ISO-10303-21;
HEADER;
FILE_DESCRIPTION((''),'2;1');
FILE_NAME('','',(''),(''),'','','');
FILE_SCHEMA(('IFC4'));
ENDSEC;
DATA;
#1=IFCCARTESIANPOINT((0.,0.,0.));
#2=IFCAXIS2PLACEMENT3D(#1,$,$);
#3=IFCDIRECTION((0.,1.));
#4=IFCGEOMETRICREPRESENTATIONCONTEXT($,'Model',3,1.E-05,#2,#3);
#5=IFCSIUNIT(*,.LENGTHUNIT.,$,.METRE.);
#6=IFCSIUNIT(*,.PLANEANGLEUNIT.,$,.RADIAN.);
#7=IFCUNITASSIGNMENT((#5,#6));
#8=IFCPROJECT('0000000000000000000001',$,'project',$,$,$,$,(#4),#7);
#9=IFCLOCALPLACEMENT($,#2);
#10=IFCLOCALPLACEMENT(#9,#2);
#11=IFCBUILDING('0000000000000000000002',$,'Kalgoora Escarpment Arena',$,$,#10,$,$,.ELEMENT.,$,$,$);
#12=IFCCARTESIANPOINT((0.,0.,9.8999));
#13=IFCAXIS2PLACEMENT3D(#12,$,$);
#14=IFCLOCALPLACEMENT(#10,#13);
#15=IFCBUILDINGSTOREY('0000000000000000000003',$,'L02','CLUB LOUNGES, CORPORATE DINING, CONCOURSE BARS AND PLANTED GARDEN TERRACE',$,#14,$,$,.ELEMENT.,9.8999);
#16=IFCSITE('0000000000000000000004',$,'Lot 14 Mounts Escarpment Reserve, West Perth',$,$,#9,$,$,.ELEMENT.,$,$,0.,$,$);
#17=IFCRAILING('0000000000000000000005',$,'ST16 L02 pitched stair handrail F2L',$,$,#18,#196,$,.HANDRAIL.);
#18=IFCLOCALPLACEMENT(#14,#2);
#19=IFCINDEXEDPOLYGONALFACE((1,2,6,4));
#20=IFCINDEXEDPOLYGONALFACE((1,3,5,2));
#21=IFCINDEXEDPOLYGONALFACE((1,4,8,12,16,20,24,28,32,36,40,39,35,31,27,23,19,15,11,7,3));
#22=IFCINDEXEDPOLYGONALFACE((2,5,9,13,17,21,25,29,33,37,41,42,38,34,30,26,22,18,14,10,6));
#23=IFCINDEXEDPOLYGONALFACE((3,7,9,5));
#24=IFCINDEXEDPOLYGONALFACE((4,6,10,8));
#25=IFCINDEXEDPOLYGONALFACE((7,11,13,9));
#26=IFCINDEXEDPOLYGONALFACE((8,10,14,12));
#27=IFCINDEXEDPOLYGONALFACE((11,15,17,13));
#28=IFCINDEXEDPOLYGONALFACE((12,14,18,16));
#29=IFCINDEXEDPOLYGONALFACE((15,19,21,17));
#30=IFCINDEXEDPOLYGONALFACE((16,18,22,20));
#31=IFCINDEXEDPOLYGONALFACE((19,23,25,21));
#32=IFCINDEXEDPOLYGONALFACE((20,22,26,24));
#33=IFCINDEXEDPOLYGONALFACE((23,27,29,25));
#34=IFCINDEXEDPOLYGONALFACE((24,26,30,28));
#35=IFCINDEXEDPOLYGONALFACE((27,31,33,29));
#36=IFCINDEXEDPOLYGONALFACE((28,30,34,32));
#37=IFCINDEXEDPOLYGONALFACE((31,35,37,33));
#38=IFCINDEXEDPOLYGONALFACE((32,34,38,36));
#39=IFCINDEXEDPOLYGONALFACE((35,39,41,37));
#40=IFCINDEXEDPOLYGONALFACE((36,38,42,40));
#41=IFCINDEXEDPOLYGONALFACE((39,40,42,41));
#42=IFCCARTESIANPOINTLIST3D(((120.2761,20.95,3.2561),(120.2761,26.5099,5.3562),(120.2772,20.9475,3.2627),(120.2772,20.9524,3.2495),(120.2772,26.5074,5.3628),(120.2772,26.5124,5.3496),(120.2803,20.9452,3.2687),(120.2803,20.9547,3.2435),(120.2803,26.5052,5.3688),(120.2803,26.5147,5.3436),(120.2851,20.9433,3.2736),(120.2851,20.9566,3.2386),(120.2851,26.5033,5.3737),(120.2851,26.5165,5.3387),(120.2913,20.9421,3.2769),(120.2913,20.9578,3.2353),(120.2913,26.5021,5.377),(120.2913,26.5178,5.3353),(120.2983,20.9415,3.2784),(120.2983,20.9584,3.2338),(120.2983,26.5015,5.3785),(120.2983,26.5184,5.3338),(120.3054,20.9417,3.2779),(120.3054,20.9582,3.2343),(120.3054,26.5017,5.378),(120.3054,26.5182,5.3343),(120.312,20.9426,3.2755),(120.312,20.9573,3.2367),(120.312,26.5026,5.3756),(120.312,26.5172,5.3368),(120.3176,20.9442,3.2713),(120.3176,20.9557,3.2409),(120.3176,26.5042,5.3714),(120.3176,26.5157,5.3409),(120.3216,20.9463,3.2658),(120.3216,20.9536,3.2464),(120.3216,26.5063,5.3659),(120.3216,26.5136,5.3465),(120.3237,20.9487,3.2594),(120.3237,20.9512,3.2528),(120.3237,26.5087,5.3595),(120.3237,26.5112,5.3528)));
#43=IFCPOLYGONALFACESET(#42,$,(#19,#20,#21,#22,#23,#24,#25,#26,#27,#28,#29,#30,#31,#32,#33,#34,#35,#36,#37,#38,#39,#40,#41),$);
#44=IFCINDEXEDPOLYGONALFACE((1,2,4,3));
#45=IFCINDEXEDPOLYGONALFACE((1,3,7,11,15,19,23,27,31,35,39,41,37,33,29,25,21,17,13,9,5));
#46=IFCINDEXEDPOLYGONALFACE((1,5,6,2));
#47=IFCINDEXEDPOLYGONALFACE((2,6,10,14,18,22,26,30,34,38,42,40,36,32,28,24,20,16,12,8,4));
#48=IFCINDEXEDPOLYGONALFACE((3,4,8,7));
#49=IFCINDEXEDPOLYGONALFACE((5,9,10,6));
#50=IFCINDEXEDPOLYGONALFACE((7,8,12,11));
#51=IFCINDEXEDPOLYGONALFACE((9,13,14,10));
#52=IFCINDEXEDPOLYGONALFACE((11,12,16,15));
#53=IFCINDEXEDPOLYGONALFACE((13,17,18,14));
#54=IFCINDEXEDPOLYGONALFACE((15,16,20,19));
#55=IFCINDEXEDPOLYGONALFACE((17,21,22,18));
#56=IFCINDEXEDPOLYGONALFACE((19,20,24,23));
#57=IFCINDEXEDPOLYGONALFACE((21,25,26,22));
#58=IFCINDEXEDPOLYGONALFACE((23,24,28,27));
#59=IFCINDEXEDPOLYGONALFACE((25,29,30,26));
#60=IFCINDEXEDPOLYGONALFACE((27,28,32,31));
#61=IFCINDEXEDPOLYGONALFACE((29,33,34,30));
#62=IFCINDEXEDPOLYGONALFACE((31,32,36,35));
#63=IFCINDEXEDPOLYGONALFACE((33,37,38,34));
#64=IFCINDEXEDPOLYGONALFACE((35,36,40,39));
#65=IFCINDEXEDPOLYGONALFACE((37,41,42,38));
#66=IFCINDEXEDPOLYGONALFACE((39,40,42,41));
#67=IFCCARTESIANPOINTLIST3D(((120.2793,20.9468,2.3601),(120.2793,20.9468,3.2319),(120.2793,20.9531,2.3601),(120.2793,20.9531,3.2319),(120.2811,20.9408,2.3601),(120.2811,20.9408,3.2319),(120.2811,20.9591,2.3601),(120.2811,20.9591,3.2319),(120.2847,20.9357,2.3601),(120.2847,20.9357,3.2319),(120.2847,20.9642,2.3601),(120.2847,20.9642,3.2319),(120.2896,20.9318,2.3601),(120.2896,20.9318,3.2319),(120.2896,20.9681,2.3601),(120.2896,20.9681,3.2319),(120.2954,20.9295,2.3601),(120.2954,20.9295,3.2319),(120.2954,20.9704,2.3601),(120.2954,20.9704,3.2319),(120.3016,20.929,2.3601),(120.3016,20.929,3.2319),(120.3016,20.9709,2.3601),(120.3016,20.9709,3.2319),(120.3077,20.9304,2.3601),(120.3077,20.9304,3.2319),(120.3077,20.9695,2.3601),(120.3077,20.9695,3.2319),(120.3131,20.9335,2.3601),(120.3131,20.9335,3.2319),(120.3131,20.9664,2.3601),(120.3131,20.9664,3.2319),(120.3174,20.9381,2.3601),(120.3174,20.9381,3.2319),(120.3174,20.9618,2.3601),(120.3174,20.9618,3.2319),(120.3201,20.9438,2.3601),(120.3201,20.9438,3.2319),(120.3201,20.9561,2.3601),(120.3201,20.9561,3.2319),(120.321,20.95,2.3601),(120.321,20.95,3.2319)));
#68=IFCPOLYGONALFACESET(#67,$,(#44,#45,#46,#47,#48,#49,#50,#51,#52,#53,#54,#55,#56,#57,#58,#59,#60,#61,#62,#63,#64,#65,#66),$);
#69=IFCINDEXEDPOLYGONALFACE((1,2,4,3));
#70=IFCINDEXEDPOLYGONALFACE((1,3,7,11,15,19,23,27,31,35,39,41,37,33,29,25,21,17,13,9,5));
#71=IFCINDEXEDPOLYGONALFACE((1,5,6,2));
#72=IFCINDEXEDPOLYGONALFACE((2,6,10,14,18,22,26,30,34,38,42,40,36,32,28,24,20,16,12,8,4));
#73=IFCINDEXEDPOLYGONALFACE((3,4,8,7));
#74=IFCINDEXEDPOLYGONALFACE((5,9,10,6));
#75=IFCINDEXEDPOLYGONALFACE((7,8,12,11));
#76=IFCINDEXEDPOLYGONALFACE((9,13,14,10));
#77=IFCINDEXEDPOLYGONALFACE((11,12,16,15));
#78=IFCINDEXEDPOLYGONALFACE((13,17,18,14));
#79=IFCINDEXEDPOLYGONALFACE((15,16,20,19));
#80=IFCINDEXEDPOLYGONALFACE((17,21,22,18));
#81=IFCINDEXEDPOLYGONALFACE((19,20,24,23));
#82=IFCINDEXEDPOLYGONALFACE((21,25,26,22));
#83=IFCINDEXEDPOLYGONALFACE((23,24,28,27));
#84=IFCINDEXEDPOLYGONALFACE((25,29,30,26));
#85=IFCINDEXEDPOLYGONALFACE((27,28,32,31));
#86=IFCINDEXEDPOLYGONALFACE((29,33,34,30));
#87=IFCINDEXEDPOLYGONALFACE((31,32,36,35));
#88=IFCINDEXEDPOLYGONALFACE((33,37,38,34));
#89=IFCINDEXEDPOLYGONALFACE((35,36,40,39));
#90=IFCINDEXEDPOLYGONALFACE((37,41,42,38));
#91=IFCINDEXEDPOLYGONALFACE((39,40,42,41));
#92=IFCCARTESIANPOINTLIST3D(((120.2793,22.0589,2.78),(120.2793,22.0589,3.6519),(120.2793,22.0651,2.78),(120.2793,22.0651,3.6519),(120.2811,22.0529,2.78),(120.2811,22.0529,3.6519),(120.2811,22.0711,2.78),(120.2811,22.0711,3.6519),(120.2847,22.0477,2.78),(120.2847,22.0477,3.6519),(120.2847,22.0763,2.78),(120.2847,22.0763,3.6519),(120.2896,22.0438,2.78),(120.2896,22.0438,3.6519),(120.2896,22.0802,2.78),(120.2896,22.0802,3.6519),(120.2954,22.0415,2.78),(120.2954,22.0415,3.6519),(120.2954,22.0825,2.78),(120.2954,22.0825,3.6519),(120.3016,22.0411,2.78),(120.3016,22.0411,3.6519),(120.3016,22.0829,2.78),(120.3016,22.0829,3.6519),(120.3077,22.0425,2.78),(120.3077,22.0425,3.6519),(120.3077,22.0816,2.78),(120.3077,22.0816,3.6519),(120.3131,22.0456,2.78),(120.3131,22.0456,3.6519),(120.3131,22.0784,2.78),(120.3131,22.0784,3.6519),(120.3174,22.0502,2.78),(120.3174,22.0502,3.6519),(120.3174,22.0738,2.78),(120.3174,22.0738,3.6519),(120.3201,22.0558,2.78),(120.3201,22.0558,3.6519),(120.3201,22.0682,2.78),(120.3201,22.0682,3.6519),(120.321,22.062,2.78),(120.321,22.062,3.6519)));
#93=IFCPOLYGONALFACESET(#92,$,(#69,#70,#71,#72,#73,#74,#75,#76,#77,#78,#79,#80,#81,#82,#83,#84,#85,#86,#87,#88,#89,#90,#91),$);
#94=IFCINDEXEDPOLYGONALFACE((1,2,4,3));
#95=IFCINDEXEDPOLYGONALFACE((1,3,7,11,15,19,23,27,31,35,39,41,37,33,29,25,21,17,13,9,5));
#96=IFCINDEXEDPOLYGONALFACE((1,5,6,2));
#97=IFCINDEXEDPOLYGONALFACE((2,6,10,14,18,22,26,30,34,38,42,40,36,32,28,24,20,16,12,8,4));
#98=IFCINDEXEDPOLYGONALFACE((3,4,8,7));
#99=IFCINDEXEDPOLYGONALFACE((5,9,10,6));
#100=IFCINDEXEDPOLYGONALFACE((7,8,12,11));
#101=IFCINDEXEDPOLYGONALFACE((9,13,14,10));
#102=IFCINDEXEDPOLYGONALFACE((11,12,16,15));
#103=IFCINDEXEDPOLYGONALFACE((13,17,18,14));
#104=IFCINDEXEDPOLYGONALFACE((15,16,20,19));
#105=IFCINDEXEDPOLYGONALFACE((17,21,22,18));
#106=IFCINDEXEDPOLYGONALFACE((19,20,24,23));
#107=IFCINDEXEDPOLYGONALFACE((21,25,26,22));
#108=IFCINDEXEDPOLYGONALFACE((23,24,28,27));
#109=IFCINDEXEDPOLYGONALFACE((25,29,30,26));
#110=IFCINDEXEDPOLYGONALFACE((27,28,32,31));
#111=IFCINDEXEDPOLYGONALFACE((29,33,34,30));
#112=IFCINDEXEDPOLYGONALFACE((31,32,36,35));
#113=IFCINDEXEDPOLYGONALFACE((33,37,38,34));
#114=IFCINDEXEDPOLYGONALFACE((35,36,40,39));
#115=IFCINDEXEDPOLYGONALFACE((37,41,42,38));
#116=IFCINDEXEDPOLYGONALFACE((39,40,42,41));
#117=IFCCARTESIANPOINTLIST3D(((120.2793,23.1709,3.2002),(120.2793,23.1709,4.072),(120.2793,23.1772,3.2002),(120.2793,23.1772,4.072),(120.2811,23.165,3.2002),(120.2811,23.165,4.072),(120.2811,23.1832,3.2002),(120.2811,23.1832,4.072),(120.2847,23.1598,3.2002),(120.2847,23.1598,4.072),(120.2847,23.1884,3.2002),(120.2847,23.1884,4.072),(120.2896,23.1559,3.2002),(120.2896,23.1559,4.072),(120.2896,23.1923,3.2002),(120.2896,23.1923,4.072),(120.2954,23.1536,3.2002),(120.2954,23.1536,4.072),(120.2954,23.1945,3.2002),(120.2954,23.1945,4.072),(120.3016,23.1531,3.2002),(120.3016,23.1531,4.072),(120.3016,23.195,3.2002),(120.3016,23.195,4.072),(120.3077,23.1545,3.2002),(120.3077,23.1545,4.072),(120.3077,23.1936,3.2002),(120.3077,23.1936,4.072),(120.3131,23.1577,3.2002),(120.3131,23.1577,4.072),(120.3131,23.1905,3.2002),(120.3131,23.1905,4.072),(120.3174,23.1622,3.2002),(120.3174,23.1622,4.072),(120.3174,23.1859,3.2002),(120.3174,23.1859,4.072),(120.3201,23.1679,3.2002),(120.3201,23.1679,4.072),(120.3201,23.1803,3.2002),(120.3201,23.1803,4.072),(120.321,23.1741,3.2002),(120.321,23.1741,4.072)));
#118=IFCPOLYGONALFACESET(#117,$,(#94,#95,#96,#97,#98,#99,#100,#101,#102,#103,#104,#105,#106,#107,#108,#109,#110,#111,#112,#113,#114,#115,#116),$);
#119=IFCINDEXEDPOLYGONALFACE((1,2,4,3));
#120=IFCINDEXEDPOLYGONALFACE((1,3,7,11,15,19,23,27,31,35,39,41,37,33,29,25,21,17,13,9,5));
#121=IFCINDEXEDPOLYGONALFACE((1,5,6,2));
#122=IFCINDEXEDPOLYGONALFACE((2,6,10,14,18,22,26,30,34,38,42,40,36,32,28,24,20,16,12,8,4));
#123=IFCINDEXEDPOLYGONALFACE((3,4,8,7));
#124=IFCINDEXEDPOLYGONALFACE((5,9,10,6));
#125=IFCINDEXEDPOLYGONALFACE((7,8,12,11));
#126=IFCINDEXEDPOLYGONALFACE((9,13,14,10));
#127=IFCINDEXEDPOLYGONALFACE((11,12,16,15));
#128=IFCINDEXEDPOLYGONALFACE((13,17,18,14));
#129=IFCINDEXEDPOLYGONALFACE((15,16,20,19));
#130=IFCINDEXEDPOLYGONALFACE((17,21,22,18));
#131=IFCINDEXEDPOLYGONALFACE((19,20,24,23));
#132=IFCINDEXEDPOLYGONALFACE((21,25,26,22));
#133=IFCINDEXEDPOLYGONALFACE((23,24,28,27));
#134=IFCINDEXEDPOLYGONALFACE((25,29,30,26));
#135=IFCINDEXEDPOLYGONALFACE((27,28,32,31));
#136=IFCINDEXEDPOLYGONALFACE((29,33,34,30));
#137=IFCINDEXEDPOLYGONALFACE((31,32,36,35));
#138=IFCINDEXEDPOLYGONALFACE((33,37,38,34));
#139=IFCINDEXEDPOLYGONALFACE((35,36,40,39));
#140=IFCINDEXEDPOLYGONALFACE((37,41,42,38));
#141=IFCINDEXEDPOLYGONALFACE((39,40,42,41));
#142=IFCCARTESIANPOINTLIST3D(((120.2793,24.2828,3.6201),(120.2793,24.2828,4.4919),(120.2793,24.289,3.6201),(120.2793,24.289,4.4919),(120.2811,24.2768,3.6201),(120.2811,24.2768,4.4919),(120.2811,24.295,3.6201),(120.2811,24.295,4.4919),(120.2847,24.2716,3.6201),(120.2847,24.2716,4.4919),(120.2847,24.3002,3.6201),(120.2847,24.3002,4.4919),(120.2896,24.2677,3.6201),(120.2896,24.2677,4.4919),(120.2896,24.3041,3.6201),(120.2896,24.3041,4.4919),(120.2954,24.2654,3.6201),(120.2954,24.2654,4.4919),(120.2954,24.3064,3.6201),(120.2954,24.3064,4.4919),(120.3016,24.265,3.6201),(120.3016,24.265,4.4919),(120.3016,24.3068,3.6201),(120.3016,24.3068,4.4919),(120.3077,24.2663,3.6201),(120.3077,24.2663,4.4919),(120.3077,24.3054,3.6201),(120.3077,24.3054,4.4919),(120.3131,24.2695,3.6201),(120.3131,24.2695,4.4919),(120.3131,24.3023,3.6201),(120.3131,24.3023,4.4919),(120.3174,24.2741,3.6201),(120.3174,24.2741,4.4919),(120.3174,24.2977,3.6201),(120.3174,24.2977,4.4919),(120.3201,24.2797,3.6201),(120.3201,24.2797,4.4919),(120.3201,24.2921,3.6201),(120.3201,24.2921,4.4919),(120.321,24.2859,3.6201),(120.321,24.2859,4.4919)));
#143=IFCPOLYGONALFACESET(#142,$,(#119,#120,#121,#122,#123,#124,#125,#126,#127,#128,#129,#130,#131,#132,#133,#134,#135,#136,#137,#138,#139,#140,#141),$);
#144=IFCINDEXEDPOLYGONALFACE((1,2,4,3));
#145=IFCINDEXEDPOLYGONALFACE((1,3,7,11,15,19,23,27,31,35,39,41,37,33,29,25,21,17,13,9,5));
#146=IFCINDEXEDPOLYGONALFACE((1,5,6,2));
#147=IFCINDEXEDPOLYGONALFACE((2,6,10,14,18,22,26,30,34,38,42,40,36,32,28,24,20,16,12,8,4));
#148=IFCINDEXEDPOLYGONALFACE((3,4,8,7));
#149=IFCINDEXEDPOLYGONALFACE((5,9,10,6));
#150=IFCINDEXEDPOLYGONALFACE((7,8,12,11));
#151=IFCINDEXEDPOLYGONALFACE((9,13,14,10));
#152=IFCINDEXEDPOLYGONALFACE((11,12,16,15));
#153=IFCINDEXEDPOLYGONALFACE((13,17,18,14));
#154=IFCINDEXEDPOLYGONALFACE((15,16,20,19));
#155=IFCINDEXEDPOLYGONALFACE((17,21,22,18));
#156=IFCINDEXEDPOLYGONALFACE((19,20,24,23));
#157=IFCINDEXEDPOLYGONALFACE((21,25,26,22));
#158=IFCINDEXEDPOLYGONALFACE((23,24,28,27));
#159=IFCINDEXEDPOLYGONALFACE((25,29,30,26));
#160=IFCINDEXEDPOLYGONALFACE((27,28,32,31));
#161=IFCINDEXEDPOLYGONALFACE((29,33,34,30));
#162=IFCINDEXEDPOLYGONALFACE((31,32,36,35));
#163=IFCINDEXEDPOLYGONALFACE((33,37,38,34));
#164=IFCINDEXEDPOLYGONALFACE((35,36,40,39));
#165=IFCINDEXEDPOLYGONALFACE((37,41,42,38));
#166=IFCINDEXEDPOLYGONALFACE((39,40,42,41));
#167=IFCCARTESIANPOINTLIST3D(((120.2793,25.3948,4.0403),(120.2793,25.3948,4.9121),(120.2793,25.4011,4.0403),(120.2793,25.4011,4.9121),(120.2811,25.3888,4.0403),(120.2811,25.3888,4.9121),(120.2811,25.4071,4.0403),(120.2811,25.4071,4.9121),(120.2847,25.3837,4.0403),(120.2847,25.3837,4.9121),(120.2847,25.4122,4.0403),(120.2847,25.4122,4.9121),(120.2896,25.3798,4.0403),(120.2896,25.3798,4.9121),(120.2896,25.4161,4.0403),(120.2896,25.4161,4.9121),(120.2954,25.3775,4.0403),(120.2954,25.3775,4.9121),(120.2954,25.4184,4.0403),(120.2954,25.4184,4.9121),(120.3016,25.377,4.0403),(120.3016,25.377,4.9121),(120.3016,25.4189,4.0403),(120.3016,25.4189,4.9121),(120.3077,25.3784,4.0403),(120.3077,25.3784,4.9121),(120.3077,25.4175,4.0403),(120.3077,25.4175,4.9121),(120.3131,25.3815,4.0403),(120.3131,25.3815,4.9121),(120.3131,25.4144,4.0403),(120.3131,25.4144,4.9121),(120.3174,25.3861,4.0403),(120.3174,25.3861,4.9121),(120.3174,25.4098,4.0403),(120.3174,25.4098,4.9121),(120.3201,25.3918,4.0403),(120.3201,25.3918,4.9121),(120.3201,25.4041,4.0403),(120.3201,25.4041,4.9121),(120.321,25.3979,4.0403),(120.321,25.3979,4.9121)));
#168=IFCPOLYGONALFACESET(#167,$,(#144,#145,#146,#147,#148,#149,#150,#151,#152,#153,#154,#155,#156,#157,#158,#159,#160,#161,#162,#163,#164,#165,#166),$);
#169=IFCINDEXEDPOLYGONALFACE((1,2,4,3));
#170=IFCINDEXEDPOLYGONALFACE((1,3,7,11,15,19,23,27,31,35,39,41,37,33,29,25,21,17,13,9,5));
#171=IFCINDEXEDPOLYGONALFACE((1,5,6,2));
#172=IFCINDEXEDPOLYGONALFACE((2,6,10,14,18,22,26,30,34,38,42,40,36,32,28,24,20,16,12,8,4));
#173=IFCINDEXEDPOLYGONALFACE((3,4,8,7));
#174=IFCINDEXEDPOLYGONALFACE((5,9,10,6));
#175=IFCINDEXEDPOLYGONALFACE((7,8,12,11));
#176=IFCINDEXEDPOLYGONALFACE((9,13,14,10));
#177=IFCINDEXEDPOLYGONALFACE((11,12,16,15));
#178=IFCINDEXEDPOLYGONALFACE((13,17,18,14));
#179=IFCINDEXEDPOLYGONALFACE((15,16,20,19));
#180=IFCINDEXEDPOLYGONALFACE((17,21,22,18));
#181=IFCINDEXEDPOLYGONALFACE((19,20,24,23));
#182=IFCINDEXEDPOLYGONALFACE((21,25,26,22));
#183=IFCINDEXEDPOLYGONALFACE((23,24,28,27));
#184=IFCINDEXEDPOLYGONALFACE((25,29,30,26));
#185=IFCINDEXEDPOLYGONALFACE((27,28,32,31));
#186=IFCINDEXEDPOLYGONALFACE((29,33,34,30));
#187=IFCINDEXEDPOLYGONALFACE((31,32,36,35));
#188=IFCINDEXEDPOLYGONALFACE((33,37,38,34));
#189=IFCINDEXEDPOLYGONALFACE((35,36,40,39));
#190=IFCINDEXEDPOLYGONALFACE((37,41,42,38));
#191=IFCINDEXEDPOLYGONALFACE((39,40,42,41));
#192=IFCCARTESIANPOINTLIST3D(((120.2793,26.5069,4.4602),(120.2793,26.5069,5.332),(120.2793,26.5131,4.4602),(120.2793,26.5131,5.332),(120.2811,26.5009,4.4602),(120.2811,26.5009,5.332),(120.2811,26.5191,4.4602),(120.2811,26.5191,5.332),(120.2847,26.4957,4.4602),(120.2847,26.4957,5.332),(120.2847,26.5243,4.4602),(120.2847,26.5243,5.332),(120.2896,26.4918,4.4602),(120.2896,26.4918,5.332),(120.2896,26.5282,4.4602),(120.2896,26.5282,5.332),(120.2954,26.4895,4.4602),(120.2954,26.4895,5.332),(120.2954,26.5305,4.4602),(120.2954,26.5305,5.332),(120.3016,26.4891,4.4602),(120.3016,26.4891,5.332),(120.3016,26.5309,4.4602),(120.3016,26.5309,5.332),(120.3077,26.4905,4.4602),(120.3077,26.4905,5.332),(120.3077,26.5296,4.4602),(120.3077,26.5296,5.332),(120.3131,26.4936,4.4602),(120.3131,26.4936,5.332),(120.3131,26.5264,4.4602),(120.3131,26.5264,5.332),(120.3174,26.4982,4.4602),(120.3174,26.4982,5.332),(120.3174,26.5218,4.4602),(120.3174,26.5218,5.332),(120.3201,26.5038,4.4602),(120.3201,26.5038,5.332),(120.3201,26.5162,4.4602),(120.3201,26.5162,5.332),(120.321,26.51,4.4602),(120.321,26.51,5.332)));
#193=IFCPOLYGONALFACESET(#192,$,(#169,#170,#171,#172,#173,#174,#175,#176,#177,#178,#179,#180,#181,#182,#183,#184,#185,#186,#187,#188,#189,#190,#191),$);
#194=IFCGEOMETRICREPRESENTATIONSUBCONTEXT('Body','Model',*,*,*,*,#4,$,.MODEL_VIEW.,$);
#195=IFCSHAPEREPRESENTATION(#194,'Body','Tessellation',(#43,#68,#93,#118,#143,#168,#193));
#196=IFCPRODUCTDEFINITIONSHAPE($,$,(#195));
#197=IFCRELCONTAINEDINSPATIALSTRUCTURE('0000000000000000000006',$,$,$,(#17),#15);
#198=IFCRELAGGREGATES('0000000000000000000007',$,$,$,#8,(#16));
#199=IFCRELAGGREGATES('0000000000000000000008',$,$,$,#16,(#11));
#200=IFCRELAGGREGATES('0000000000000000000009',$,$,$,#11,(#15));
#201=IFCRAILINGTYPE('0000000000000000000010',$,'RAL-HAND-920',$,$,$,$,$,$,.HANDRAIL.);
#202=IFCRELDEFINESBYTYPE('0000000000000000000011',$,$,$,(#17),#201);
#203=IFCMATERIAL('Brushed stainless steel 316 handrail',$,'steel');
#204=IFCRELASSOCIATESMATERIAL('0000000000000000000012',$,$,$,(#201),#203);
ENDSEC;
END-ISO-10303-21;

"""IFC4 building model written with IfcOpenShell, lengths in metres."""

from ifc_helpers import new_model, si_unit, direction, frame, origin, origin_2d, place, context, subcontext, project, spatial, circle, extrude, material, type_object, element, save


model = new_model("IFC4")

# Units and contexts
model_context = context("Model", 3, precision=1e-05, world=origin(), true_north=direction((0.0, 1.0)))
body_context = subcontext(model_context, "Body", "Model", "MODEL_VIEW")
ifc_project = project(units=[si_unit("LENGTHUNIT", "METRE"), si_unit("PLANEANGLEUNIT", "RADIAN")], contexts=[model_context])

# Site, building, storey
site_placement = place(None, origin())
site = spatial("IfcSite", under=ifc_project, at=site_placement, Name="Lot 14 Mounts Escarpment Reserve, West Perth", CompositionType="ELEMENT", RefElevation=0.0)
building_placement = place(site_placement, origin())
building = spatial("IfcBuilding", under=site, at=building_placement, Name="Kalgoora Escarpment Arena", CompositionType="ELEMENT")
storey_placement = place(building_placement, frame((0.0, 0.0, 9.8999)))
storey = spatial("IfcBuildingStorey", under=building, at=storey_placement, Name="L02", Description="CLUB LOUNGES, CORPORATE DINING, CONCOURSE BARS AND PLANTED GARDEN TERRACE", CompositionType="ELEMENT", Elevation=9.8999)

# Railing
ifc_material_1 = material(Name="Brushed stainless steel 316 handrail", Category="steel")
railing_type_1 = type_object("IfcRailingType", Name="RAL-HAND-920", PredefinedType="HANDRAIL", material=ifc_material_1)
railing_1_placement = place(storey_placement, frame((120.3, 20.95, 2.3601)))
element("IfcRailing", 1, at=railing_1_placement, inside=storey, type_object=railing_type_1, Name="ST16 L02 pitched stair handrail F2L", PredefinedType="HANDRAIL", context=body_context, shape_type="SweptSolid", body=[
    extrude(circle(Radius=0.0239, at=origin_2d()), frame((0.0, 0.0, 0.896), z_axis=(0.0, 0.935493, 0.353346), x_axis=(-1.0, 0.0, 0.0)), (0.0, 0.0, 1.0), 5.9434),
    extrude(circle(Radius=0.021, at=origin_2d()), origin(), (0.0, 0.0, 1.0), 0.8718),
    extrude(circle(Radius=0.021, at=origin_2d()), frame((0.0, 1.1121, 0.4199)), (0.0, 0.0, 1.0), 0.8718),
    extrude(circle(Radius=0.021, at=origin_2d()), frame((0.0, 2.2241, 0.8401)), (0.0, 0.0, 1.0), 0.8718),
    extrude(circle(Radius=0.021, at=origin_2d()), frame((0.0, 3.3359, 1.26)), (0.0, 0.0, 1.0), 0.8718),
    extrude(circle(Radius=0.021, at=origin_2d()), frame((0.0, 4.448, 1.6802)), (0.0, 0.0, 1.0), 0.8718),
    extrude(circle(Radius=0.021, at=origin_2d()), frame((0.0, 5.5601, 2.1001)), (0.0, 0.0, 1.0), 0.8718),
])

save(model, "model.ifc")
